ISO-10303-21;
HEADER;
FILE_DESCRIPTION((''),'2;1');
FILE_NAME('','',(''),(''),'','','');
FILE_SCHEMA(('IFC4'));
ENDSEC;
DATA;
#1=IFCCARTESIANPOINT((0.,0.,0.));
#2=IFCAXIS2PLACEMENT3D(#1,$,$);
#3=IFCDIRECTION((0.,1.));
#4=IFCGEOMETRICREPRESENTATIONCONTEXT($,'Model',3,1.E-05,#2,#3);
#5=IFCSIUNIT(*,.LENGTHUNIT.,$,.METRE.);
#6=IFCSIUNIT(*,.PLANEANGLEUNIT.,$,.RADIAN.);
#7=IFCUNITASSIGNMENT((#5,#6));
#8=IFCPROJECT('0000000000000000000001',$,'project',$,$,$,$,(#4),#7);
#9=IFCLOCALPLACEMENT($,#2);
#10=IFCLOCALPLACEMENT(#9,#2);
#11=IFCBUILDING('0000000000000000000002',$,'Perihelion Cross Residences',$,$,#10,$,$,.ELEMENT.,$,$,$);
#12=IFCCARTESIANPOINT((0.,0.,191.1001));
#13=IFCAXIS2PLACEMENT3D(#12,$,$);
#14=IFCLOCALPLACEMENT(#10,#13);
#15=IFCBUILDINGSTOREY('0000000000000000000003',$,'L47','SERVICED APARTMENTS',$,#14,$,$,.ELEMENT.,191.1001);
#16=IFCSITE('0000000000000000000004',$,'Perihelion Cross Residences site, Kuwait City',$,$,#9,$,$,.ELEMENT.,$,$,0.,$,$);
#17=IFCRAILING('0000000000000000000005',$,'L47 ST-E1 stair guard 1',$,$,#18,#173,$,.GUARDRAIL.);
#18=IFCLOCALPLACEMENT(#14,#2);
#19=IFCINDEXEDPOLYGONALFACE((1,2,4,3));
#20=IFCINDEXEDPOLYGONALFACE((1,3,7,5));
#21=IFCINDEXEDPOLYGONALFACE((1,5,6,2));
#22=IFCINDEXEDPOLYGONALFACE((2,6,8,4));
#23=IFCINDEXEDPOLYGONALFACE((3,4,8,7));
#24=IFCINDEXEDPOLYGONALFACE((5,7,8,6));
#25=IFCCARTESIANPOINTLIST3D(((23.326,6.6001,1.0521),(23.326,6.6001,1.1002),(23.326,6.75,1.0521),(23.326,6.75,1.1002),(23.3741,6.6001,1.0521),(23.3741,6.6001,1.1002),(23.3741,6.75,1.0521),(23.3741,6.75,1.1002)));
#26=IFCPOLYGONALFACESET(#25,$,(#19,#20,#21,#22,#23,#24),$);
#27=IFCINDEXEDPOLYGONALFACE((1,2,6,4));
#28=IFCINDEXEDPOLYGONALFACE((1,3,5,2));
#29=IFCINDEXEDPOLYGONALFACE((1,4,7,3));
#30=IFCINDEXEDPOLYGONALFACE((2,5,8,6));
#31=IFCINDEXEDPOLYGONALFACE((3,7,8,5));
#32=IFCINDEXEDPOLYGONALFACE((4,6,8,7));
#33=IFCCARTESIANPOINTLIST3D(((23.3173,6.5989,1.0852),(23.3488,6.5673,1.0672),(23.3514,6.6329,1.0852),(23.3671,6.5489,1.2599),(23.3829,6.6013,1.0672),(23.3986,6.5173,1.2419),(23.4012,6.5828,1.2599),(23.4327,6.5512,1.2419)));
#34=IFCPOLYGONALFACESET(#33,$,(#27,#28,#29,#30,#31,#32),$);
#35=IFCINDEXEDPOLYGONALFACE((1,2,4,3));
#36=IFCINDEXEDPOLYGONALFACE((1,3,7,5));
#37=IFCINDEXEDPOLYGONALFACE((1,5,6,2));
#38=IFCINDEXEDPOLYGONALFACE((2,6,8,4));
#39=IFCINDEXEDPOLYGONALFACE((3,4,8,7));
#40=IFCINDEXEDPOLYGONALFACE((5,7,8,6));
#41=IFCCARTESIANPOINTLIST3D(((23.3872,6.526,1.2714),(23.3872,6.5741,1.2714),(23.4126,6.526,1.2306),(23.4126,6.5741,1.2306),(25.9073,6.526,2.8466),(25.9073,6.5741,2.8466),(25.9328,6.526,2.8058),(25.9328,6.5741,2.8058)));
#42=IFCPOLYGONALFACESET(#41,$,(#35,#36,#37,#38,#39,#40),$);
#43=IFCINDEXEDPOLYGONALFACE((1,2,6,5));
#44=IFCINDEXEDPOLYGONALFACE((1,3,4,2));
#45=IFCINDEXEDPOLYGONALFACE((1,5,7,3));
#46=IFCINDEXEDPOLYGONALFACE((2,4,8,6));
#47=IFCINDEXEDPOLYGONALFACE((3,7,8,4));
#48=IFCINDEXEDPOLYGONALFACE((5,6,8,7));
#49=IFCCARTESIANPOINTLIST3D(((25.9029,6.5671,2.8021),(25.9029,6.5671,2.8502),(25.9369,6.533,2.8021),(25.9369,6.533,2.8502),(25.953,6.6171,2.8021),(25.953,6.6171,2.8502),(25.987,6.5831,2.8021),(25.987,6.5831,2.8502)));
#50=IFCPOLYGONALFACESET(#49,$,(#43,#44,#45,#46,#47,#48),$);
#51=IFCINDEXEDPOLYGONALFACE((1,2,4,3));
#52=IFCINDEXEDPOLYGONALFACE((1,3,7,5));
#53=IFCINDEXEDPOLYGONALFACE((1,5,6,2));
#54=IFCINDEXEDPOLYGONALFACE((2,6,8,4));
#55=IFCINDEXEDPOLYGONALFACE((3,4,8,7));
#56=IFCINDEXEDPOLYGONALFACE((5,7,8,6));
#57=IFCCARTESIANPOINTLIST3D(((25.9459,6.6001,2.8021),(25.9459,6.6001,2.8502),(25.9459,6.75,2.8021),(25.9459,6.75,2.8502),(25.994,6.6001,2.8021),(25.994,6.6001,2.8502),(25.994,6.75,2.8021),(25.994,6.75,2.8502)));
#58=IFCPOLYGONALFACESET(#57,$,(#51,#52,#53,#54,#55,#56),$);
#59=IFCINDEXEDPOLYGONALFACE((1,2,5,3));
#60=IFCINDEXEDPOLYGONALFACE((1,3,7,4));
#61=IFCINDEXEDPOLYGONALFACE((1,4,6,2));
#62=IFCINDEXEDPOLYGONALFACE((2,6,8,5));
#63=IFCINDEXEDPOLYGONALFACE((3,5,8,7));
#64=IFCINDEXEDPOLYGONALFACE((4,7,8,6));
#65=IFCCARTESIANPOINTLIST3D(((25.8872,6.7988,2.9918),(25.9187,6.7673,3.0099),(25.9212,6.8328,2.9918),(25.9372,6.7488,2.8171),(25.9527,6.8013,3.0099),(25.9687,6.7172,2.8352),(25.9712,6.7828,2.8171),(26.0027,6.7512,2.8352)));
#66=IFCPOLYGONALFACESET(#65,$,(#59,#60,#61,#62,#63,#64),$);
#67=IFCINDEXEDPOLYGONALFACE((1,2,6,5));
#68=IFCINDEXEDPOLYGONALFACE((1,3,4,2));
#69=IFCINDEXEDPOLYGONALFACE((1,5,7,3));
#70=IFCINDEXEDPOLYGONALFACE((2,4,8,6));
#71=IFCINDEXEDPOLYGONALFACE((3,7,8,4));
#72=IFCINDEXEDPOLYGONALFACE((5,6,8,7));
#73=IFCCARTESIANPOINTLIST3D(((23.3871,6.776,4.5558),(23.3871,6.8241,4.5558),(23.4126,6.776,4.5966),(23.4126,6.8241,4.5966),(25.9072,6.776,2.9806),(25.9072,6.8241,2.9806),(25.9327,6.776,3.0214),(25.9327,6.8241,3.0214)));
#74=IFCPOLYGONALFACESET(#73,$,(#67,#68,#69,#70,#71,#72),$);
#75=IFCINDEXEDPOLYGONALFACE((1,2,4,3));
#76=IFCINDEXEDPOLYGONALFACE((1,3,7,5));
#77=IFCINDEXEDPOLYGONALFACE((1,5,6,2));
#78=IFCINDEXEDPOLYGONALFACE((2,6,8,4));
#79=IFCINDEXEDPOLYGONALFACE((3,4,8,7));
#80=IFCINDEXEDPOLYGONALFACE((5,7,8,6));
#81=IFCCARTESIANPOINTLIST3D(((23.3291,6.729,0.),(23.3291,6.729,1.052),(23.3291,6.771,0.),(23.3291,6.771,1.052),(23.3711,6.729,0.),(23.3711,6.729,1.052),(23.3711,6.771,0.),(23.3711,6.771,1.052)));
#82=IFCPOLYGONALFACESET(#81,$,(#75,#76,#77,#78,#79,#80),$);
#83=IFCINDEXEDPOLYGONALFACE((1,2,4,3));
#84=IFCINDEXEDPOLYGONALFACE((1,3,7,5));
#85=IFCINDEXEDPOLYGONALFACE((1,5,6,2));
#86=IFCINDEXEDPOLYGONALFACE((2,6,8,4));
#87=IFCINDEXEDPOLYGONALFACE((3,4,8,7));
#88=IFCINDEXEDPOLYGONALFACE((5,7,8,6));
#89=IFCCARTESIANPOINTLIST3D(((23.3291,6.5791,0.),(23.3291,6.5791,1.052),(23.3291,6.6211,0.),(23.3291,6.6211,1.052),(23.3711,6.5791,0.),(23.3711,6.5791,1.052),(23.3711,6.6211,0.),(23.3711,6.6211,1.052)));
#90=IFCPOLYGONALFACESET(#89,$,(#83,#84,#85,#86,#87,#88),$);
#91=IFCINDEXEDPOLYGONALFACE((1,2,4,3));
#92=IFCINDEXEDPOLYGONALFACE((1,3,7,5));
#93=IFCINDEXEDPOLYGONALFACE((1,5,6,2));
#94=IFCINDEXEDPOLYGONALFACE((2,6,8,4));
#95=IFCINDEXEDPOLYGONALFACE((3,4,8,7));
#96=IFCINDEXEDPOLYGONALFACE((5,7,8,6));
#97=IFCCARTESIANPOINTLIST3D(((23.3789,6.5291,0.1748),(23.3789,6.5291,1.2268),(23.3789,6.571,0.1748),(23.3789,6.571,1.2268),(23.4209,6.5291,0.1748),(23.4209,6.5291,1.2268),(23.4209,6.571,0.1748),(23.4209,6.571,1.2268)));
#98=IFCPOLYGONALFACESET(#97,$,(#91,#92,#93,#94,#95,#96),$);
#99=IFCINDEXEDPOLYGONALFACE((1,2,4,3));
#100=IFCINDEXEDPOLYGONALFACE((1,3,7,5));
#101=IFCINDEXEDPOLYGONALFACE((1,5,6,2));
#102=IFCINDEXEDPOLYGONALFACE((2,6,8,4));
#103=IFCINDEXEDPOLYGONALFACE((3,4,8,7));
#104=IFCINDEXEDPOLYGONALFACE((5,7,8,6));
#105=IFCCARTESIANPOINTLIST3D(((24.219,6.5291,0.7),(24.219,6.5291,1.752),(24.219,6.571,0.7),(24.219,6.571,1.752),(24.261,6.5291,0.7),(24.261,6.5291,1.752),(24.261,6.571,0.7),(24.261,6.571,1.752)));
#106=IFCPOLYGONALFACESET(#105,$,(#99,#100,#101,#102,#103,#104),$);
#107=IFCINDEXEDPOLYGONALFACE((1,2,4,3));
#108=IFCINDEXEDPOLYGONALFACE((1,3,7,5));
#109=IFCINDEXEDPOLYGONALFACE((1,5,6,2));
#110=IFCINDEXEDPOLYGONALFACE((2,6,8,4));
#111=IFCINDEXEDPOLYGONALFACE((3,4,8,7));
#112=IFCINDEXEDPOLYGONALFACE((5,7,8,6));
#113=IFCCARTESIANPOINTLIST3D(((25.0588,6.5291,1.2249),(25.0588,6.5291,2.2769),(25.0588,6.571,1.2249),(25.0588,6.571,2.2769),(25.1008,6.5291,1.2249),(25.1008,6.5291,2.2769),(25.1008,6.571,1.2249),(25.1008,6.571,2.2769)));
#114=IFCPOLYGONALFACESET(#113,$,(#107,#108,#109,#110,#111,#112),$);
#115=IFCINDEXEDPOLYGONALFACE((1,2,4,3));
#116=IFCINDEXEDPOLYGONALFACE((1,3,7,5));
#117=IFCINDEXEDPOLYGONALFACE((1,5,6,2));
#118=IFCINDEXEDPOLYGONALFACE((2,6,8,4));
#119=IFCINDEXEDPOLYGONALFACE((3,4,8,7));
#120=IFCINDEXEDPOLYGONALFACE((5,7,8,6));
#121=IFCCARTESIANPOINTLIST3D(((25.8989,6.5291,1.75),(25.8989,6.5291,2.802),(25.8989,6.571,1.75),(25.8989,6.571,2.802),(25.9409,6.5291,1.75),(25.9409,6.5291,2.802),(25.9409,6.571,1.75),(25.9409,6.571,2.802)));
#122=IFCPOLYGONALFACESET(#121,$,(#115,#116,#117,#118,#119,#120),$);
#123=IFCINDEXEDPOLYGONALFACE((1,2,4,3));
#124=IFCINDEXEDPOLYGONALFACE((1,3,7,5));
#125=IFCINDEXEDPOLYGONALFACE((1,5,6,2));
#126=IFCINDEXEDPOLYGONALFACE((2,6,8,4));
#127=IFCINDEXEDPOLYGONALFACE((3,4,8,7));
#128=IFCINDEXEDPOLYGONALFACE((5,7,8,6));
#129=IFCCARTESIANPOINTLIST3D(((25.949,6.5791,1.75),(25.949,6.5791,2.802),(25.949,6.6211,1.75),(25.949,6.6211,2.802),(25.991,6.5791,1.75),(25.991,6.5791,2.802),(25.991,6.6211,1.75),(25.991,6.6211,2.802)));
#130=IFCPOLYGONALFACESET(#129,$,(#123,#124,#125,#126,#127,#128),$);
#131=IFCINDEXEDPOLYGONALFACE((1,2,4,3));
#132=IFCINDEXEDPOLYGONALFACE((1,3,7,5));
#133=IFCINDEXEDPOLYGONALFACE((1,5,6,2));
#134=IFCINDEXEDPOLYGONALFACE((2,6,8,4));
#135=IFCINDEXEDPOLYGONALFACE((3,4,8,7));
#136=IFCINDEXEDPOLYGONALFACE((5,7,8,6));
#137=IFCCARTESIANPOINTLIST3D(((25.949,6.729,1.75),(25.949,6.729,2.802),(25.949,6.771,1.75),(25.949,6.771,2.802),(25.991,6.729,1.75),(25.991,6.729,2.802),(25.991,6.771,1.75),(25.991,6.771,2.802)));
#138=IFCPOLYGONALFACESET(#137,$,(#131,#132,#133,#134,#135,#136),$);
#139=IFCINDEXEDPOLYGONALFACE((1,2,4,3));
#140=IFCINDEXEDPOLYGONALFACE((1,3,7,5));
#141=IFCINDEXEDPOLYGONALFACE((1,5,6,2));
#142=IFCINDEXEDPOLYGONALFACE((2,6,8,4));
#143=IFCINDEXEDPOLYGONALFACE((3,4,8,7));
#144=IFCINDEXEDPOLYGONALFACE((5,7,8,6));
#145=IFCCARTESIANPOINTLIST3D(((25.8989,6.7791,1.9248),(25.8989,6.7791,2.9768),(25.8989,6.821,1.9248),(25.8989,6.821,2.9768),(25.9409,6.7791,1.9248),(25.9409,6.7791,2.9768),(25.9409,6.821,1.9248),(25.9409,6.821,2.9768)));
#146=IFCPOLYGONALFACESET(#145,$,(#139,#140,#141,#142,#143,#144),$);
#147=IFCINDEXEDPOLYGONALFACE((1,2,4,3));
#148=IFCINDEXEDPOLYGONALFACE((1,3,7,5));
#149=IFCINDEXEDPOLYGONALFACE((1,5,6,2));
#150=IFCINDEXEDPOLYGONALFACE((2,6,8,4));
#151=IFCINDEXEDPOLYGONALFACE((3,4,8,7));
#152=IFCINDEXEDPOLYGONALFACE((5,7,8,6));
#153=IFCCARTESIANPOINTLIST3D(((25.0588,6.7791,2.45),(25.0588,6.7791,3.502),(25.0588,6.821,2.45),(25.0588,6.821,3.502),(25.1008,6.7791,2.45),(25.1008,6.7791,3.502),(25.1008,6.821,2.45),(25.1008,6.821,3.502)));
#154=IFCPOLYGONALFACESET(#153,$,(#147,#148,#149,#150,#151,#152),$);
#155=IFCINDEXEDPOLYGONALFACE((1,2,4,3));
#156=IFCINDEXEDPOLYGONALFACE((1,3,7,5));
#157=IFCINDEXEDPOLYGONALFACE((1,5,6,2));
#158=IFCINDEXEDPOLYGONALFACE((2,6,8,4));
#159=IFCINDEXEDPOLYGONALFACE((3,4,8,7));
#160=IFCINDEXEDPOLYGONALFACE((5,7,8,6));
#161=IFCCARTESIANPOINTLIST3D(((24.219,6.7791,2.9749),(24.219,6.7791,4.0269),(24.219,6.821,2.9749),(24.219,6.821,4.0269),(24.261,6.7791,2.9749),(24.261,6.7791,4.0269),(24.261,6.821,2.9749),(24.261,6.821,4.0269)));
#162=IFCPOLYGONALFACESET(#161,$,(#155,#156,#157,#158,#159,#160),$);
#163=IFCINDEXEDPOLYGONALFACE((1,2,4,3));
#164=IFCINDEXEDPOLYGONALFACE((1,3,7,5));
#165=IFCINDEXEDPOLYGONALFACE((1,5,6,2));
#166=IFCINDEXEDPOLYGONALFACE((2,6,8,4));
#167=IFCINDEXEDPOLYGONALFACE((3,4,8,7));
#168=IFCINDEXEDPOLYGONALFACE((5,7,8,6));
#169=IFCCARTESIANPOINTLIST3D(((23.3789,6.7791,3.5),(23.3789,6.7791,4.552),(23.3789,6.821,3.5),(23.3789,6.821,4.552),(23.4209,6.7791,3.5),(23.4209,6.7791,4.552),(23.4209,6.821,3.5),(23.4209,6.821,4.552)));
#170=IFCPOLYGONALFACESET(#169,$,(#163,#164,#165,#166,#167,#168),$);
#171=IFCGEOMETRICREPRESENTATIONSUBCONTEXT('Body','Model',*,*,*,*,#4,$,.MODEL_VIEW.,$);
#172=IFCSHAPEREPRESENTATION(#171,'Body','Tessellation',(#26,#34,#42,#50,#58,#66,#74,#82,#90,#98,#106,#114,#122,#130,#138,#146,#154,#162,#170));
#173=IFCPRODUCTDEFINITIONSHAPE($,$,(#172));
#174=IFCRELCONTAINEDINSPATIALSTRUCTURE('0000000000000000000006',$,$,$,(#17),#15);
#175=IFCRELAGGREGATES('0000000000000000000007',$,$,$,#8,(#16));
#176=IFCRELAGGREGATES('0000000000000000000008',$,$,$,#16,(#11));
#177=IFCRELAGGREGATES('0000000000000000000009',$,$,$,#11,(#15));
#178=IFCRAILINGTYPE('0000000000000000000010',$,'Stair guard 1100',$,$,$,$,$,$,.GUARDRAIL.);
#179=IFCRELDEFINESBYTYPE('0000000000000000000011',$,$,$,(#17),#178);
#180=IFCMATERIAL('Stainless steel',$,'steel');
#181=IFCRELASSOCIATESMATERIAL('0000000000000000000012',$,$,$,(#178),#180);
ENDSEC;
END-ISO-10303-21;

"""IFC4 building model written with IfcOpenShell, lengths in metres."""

from ifc_helpers import new_model, si_unit, direction, frame, origin, origin_2d, place, context, subcontext, project, spatial, rectangle, extrude, material, type_object, element, save


model = new_model("IFC4")

# Units and contexts
model_context = context("Model", 3, precision=1e-05, world=origin(), true_north=direction((0.0, 1.0)))
body_context = subcontext(model_context, "Body", "Model", "MODEL_VIEW")
ifc_project = project(units=[si_unit("LENGTHUNIT", "METRE"), si_unit("PLANEANGLEUNIT", "RADIAN")], contexts=[model_context])

# Site, building, storey
site_placement = place(None, origin())
site = spatial("IfcSite", under=ifc_project, at=site_placement, Name="Perihelion Cross Residences site, Kuwait City", CompositionType="ELEMENT", RefElevation=0.0)
building_placement = place(site_placement, origin())
building = spatial("IfcBuilding", under=site, at=building_placement, Name="Perihelion Cross Residences", CompositionType="ELEMENT")
storey_placement = place(building_placement, frame((0.0, 0.0, 191.1001)))
storey = spatial("IfcBuildingStorey", under=building, at=storey_placement, Name="L47", Description="SERVICED APARTMENTS", CompositionType="ELEMENT", Elevation=191.1001)

# Railing
ifc_material_1 = material(Name="Stainless steel", Category="steel")
railing_type_1 = type_object("IfcRailingType", Name="Stair guard 1100", PredefinedType="GUARDRAIL", material=ifc_material_1)
railing_1_placement = place(storey_placement, frame((23.3501, 6.75, 0.0)))
element("IfcRailing", 1, at=railing_1_placement, inside=storey, type_object=railing_type_1, Name="L47 ST-E1 stair guard 1", PredefinedType="GUARDRAIL", context=body_context, shape_type="SweptSolid", body=[
    extrude(rectangle(XDim=0.0481, YDim=0.0481, at=origin_2d()), frame((0.0, 0.0, 1.0762), z_axis=(0.0, -1.0, 0.0), x_axis=(1.0, 0.0, 0.0)), (0.0, 0.0, 1.0), 0.1499),
    extrude(rectangle(XDim=0.0481, YDim=0.0481, at=origin_2d()), frame((0.0, -0.1499, 1.0762), z_axis=(0.264179, -0.265474, 0.927218), x_axis=(0.708834, 0.705376, 0.0)), (0.0, 0.0, 1.0), 0.1885),
    extrude(rectangle(XDim=0.0481, YDim=0.0481, at=origin_2d()), frame((0.0498, -0.2, 1.251), z_axis=(0.847971, 0.0, 0.530043), x_axis=(0.0, 1.0, 0.0)), (0.0, 0.0, 1.0), 2.9719),
    extrude(rectangle(XDim=0.0481, YDim=0.0481, at=origin_2d()), frame((2.5698, -0.2, 2.8262), z_axis=(0.707107, 0.707107, 0.0), x_axis=(-0.707107, 0.707107, 0.0)), (0.0, 0.0, 1.0), 0.0708),
    extrude(rectangle(XDim=0.0481, YDim=0.0481, at=origin_2d()), frame((2.6199, -0.1499, 2.8262), z_axis=(0.0, 1.0, 0.0), x_axis=(-1.0, 0.0, 0.0)), (0.0, 0.0, 1.0), 0.1499),
    extrude(rectangle(XDim=0.0481, YDim=0.0481, at=origin_2d()), frame((2.6199, 0.0, 2.8262), z_axis=(-0.265383, 0.265383, 0.9269), x_axis=(-0.707107, -0.707107, 0.0)), (0.0, 0.0, 1.0), 0.1885),
    extrude(rectangle(XDim=0.0481, YDim=0.0481, at=origin_2d()), frame((2.5698, 0.05, 3.001), z_axis=(-0.847971, 0.0, 0.530043), x_axis=(0.0, -1.0, 0.0)), (0.0, 0.0, 1.0), 2.9719),
    extrude(rectangle(XDim=0.042, YDim=0.042, at=origin_2d()), origin(), (0.0, 0.0, 1.0), 1.052),
    extrude(rectangle(XDim=0.042, YDim=0.042, at=origin_2d()), frame((0.0, -0.1499, 0.0)), (0.0, 0.0, 1.0), 1.052),
    extrude(rectangle(XDim=0.042, YDim=0.042, at=origin_2d()), frame((0.0498, -0.2, 0.1748)), (0.0, 0.0, 1.0), 1.052),
    extrude(rectangle(XDim=0.042, YDim=0.042, at=origin_2d()), frame((0.8899, -0.2, 0.7)), (0.0, 0.0, 1.0), 1.052),
    extrude(rectangle(XDim=0.042, YDim=0.042, at=origin_2d()), frame((1.7297, -0.2, 1.2249)), (0.0, 0.0, 1.0), 1.052),
    extrude(rectangle(XDim=0.042, YDim=0.042, at=origin_2d()), frame((2.5698, -0.2, 1.75)), (0.0, 0.0, 1.0), 1.052),
    extrude(rectangle(XDim=0.042, YDim=0.042, at=origin_2d()), frame((2.6199, -0.1499, 1.75)), (0.0, 0.0, 1.0), 1.052),
    extrude(rectangle(XDim=0.042, YDim=0.042, at=origin_2d()), frame((2.6199, 0.0, 1.75)), (0.0, 0.0, 1.0), 1.052),
    extrude(rectangle(XDim=0.042, YDim=0.042, at=origin_2d()), frame((2.5698, 0.05, 1.9248)), (0.0, 0.0, 1.0), 1.052),
    extrude(rectangle(XDim=0.042, YDim=0.042, at=origin_2d()), frame((1.7297, 0.05, 2.45)), (0.0, 0.0, 1.0), 1.052),
    extrude(rectangle(XDim=0.042, YDim=0.042, at=origin_2d()), frame((0.8899, 0.05, 2.9749)), (0.0, 0.0, 1.0), 1.052),
    extrude(rectangle(XDim=0.042, YDim=0.042, at=origin_2d()), frame((0.0498, 0.05, 3.5)), (0.0, 0.0, 1.0), 1.052),
])

save(model, "model.ifc")
